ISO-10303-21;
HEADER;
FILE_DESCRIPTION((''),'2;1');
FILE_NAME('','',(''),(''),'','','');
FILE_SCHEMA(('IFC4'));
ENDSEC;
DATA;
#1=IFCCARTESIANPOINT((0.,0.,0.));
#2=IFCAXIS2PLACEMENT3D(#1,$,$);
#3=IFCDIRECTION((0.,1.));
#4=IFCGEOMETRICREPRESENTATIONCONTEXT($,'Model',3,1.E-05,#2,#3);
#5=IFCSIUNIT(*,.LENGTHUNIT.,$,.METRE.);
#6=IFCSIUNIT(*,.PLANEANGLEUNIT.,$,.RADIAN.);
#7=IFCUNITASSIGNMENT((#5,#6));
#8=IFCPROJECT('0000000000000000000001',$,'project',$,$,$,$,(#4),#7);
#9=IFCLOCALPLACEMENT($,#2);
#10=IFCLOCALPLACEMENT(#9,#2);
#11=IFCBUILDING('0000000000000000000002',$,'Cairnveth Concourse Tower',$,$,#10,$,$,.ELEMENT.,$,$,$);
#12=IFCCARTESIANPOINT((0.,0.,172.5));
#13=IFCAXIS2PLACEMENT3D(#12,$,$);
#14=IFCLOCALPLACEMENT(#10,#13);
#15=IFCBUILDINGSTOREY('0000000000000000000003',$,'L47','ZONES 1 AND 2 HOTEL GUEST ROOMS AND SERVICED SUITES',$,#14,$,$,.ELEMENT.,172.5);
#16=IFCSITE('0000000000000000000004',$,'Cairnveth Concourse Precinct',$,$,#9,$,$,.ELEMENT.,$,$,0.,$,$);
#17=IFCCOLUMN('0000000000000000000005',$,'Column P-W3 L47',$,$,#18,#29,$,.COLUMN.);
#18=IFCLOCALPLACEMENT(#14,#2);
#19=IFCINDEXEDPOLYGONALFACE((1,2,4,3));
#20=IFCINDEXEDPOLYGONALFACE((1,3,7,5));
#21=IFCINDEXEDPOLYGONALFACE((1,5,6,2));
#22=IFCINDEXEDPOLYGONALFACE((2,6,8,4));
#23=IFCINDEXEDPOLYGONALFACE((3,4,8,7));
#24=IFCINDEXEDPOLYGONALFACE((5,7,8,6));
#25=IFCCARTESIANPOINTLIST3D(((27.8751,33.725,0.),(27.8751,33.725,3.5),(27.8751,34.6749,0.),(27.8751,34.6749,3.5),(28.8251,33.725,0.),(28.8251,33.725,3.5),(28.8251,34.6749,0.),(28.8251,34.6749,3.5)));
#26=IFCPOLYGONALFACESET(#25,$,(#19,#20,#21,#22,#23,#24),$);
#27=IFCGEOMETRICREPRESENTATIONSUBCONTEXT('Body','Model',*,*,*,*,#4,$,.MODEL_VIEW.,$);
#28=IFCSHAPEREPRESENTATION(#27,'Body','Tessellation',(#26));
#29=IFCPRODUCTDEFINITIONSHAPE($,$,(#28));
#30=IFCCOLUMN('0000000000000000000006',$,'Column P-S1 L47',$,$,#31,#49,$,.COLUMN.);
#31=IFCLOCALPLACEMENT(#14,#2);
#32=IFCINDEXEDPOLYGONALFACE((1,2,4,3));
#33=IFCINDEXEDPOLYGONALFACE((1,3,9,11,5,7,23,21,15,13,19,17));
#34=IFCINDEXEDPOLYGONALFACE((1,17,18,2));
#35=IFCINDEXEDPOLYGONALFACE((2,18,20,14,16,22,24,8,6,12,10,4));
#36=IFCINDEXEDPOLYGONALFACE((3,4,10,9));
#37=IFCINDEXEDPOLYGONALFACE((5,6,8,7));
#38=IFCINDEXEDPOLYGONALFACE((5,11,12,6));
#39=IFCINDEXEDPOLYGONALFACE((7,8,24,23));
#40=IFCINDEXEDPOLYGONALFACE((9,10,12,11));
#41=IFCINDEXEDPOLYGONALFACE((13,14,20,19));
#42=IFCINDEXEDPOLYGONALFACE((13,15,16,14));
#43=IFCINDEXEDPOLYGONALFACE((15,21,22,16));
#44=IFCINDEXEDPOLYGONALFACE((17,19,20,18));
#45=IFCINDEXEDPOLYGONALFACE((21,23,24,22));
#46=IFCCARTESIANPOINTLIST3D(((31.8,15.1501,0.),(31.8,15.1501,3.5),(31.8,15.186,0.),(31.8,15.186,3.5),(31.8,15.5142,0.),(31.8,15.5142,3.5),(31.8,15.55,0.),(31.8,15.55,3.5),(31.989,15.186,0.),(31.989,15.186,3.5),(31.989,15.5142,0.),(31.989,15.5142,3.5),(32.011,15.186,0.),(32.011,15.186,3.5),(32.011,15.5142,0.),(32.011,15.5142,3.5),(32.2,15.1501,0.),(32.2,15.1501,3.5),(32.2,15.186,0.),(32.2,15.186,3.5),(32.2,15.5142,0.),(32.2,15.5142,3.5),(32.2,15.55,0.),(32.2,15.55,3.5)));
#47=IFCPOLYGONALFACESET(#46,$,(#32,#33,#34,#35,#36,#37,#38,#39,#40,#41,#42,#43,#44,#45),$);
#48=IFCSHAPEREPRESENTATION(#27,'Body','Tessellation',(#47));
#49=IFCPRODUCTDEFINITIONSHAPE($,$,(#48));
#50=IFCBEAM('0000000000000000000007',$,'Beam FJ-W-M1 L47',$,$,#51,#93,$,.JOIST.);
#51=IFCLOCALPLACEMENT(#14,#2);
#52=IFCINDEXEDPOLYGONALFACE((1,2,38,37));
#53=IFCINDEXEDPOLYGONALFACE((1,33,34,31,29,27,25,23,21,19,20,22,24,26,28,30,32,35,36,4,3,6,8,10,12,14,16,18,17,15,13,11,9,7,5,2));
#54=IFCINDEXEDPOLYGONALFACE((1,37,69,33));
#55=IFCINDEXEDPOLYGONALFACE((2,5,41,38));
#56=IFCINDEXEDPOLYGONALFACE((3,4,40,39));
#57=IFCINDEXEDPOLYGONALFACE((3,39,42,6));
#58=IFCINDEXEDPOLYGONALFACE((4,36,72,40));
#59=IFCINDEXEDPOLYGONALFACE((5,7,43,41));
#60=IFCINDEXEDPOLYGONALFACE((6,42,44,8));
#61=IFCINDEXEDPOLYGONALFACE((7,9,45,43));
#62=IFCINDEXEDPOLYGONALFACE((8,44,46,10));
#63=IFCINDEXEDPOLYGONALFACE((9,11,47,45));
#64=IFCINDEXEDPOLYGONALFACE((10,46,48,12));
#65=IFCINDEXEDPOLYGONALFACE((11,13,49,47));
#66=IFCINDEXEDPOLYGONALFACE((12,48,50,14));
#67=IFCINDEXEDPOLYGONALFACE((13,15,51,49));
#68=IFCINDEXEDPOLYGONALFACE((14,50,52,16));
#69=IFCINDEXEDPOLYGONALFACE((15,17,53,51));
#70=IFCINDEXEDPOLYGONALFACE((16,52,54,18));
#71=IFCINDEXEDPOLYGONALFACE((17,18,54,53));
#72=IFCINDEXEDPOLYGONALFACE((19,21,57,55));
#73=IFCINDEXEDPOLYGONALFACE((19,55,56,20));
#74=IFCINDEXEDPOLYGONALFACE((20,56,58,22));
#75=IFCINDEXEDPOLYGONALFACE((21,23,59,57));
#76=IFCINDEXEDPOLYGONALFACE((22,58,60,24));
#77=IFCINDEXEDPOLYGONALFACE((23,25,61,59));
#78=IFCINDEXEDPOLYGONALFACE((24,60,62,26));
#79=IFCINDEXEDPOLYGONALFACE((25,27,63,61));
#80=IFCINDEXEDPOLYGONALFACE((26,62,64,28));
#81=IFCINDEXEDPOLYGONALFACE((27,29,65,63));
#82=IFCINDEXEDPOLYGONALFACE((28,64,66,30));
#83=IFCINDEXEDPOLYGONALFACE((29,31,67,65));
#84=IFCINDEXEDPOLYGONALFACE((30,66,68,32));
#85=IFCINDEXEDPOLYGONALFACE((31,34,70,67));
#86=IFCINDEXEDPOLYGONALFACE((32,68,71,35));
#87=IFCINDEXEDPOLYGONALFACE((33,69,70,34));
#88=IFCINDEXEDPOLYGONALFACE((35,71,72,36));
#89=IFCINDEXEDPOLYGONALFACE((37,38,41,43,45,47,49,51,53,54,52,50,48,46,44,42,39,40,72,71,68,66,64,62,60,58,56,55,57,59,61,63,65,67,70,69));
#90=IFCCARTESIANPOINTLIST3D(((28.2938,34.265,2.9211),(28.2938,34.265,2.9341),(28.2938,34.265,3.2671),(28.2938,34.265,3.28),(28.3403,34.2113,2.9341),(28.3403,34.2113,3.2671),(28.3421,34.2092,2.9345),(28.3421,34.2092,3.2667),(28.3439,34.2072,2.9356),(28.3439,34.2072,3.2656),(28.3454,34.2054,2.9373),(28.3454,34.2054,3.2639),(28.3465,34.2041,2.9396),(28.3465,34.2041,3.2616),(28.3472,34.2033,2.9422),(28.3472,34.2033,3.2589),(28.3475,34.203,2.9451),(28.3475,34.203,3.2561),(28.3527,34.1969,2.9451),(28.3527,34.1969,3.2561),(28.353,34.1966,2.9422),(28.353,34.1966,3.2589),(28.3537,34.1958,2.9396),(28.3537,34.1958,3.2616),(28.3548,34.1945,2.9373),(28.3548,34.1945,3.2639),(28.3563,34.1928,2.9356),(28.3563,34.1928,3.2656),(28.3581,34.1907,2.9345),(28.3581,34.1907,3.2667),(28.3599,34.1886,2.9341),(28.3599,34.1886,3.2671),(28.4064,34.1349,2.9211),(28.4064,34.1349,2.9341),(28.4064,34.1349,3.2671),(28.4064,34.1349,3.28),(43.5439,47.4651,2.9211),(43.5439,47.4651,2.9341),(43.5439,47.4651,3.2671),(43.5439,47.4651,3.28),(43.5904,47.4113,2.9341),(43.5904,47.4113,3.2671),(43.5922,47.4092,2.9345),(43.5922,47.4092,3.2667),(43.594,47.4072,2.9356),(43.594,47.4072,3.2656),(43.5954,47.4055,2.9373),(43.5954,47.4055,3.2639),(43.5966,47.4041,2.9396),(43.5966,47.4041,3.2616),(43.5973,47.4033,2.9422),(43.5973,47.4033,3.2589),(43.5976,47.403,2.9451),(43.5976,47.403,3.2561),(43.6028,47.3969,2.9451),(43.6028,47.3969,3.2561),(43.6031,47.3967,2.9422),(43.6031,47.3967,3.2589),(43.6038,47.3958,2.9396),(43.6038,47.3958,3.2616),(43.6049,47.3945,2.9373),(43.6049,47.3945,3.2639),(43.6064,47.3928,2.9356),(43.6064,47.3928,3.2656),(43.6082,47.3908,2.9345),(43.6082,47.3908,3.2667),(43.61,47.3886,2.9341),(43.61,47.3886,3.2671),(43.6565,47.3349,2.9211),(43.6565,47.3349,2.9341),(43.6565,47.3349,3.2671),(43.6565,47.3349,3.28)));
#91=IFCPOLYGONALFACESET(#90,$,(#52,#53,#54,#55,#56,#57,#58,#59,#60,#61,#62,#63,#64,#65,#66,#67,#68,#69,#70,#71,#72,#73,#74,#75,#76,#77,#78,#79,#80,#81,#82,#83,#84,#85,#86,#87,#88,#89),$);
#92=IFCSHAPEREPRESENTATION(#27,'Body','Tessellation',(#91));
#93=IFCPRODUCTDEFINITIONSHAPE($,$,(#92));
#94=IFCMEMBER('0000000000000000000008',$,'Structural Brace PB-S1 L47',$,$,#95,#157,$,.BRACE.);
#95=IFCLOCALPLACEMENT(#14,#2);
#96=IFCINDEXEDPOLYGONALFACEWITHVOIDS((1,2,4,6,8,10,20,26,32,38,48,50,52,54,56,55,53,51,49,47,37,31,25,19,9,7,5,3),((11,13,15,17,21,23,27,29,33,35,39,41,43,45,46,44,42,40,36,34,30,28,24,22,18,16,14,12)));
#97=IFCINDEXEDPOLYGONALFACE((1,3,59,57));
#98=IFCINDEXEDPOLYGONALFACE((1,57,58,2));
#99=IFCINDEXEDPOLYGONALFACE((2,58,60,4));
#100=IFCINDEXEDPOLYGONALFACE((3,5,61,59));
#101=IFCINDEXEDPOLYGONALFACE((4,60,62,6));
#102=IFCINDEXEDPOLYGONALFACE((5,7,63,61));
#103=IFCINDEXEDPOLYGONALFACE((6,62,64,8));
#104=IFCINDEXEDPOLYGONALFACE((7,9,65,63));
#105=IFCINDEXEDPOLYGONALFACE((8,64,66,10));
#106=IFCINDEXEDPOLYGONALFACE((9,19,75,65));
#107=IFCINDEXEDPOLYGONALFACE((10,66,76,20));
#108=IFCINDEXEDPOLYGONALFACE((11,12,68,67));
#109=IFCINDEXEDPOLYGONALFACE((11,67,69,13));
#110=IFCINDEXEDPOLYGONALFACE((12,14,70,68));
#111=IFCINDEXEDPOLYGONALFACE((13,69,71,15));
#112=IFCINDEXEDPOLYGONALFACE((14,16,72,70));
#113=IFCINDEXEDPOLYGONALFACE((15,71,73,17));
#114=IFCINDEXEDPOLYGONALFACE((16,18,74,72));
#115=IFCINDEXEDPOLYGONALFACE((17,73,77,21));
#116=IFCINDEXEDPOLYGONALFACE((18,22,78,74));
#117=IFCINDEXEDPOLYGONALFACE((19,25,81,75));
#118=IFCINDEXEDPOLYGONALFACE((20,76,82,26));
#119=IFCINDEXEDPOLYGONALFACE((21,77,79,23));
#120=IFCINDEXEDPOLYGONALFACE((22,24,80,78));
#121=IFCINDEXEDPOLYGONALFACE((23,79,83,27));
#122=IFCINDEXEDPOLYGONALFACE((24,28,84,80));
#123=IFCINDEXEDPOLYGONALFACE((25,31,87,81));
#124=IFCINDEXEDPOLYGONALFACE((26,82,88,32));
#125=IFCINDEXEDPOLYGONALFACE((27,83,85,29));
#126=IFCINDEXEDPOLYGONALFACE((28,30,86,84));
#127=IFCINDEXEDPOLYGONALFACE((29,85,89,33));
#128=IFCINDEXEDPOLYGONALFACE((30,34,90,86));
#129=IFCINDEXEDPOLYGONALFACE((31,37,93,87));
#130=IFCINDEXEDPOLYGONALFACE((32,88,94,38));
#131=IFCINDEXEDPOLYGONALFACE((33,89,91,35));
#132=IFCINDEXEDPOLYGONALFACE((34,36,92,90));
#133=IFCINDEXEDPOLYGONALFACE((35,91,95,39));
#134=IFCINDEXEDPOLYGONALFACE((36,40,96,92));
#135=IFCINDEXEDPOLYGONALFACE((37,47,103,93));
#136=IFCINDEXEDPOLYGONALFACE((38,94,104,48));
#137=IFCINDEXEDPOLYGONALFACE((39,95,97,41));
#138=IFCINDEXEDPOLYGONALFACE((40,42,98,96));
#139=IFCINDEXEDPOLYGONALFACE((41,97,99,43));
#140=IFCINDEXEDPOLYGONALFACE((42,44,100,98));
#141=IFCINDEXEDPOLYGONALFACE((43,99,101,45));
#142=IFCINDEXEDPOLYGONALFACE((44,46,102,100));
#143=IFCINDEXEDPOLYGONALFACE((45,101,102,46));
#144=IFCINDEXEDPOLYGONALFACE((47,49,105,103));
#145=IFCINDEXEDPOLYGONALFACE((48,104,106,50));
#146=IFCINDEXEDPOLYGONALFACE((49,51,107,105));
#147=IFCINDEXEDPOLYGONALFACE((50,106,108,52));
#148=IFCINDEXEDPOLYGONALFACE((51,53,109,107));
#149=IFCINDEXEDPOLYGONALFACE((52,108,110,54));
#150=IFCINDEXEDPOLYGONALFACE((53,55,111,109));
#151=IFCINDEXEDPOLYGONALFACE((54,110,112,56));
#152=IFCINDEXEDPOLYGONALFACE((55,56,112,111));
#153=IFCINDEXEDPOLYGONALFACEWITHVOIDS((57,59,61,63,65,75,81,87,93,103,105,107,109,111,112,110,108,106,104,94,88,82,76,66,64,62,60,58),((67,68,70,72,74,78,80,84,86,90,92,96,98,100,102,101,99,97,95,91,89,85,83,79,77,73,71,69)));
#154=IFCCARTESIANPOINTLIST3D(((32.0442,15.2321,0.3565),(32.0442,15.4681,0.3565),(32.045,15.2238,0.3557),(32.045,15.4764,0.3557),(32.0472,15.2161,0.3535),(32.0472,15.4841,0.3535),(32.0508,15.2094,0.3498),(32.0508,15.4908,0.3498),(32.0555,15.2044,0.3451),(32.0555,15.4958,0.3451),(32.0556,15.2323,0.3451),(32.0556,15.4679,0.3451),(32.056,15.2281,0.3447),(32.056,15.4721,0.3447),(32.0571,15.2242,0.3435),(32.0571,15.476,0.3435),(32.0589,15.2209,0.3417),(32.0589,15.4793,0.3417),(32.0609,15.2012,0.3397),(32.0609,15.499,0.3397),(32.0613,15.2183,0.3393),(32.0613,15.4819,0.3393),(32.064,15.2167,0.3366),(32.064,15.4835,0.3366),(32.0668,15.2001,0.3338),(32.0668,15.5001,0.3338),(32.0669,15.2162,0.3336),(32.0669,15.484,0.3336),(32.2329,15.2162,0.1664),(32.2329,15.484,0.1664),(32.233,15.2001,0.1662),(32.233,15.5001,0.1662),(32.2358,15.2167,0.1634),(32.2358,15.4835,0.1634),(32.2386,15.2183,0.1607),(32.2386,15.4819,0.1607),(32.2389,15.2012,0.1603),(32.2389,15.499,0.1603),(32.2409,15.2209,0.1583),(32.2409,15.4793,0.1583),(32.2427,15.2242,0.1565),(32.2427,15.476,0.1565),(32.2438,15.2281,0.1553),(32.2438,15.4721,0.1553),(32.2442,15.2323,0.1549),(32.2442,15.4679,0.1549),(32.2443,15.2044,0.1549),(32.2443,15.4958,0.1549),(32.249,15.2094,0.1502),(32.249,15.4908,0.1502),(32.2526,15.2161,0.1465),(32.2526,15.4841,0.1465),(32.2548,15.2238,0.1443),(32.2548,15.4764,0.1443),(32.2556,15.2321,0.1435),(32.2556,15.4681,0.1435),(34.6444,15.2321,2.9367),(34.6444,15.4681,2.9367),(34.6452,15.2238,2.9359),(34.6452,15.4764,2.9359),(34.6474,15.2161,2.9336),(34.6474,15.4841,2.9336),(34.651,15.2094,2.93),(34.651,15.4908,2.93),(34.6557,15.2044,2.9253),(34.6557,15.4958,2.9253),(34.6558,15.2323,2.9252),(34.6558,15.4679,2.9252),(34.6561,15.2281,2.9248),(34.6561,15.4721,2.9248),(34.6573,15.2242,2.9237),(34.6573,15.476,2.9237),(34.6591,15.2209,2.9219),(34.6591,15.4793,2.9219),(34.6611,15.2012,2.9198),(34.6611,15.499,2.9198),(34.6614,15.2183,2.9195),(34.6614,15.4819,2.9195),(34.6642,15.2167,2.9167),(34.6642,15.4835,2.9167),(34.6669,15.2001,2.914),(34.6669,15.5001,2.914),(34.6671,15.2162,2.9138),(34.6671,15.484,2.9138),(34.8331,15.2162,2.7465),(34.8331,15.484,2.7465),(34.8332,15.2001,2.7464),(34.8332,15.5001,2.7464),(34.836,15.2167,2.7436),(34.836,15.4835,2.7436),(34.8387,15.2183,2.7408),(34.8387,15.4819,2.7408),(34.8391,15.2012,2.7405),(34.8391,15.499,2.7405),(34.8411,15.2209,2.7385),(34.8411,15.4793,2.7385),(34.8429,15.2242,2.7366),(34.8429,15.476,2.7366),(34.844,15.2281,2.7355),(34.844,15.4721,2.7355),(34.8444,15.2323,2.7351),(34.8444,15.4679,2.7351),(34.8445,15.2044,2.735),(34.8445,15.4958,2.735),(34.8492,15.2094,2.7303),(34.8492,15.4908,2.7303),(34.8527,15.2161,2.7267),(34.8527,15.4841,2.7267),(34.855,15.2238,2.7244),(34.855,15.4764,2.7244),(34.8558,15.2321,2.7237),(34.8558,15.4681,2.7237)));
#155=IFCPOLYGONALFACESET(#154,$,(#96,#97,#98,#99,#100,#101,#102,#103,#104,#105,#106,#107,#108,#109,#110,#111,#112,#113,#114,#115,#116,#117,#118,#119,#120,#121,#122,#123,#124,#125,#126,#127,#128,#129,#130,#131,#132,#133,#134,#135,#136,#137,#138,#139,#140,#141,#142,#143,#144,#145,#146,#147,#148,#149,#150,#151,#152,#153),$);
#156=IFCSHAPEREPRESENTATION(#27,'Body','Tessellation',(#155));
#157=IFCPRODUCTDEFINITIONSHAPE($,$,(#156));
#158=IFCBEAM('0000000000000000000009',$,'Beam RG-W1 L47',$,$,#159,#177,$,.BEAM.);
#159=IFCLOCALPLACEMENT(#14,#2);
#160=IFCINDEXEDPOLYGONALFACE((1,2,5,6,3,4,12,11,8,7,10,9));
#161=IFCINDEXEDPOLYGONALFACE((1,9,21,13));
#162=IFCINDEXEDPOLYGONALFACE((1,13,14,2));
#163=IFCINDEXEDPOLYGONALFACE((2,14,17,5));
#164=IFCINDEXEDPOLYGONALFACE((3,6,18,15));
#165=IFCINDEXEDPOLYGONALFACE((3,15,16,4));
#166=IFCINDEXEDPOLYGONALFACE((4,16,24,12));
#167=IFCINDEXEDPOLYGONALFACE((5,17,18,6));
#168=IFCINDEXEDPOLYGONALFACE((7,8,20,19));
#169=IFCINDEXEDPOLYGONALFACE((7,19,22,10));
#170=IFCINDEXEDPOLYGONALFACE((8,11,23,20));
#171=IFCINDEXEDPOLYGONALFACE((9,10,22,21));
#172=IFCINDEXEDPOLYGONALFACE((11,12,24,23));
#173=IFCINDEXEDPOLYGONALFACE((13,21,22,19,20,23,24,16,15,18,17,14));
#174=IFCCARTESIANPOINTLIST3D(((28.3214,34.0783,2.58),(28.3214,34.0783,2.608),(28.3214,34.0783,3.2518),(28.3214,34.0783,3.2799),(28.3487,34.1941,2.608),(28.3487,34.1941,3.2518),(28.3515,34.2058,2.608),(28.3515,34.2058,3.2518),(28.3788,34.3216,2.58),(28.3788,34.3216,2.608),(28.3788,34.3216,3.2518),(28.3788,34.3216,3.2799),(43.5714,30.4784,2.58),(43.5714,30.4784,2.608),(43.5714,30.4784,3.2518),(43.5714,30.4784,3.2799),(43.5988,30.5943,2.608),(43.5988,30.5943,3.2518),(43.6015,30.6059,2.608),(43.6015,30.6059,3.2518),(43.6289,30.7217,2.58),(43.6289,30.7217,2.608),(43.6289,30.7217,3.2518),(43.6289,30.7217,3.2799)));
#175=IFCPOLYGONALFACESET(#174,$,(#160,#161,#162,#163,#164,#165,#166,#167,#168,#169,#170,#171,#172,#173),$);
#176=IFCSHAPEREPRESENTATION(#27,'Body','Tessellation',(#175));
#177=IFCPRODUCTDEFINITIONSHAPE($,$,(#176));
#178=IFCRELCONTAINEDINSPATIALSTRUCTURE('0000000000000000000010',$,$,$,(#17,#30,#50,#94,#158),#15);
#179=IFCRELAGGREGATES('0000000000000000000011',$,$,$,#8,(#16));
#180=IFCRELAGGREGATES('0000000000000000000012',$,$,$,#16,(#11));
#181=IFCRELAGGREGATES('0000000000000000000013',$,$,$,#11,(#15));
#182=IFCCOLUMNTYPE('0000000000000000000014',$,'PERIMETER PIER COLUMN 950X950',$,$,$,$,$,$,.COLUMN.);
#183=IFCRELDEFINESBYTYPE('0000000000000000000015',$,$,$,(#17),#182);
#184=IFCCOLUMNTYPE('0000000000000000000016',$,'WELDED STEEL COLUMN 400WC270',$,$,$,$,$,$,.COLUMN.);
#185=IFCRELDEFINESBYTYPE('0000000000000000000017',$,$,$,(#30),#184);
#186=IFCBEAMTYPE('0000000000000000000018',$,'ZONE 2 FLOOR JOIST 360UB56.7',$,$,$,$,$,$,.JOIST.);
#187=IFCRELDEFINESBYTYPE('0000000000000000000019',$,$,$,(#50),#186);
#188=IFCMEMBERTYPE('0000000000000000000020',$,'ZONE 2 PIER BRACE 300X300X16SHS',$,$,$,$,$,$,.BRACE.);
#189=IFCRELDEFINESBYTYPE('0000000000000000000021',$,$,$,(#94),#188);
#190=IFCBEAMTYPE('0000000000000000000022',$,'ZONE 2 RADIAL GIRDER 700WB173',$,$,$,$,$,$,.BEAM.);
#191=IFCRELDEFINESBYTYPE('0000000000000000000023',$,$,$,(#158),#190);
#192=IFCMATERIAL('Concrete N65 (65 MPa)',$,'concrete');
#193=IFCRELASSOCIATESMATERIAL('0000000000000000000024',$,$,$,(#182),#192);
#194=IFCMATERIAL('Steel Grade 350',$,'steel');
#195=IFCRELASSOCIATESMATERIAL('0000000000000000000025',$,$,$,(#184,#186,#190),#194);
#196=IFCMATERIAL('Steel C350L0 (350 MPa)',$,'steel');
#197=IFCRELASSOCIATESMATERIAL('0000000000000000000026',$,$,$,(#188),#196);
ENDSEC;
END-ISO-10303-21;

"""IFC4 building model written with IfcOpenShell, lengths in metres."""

from ifc_helpers import new_model, si_unit, direction, frame, origin, origin_2d, place, context, subcontext, project, spatial, rectangle, hollow_rectangle, i_section, extrude, material, material_profile, profile_set, type_object, element, save


model = new_model("IFC4")

# Units and contexts
model_context = context("Model", 3, precision=1e-05, world=origin(), true_north=direction((0.0, 1.0)))
body_context = subcontext(model_context, "Body", "Model", "MODEL_VIEW")
ifc_project = project(units=[si_unit("LENGTHUNIT", "METRE"), si_unit("PLANEANGLEUNIT", "RADIAN")], contexts=[model_context])

# Site, building, storey
site_placement = place(None, origin())
site = spatial("IfcSite", under=ifc_project, at=site_placement, Name="Cairnveth Concourse Precinct", CompositionType="ELEMENT", RefElevation=0.0)
building_placement = place(site_placement, origin())
building = spatial("IfcBuilding", under=site, at=building_placement, Name="Cairnveth Concourse Tower", CompositionType="ELEMENT")
storey_placement = place(building_placement, frame((0.0, 0.0, 172.5)))
storey = spatial("IfcBuildingStorey", under=building, at=storey_placement, Name="L47", Description="ZONES 1 AND 2 HOTEL GUEST ROOMS AND SERVICED SUITES", CompositionType="ELEMENT", Elevation=172.5)

# Columns
ifc_material_1 = material(Name="Concrete N65 (65 MPa)", Category="concrete")
ifc_material_profile_1 = material_profile(ifc_material_1, rectangle(XDim=0.95, YDim=0.95, at=origin_2d()), Name="RC-COL-950x950")
ifc_profile_set_1 = profile_set([ifc_material_profile_1], Name="Concrete N65 (65 MPa)")
column_type_1 = type_object("IfcColumnType", Name="PERIMETER PIER COLUMN 950X950", PredefinedType="COLUMN", material=ifc_profile_set_1)
column_1_placement = place(storey_placement, frame((28.3501, 34.2, 0.0), z_axis=(0.0, 0.0, 1.0), x_axis=(0.0, 1.0, 0.0)))
element("IfcColumn", 1, at=column_1_placement, inside=storey, type_object=column_type_1, Name="Column P-W3 L47", PredefinedType="COLUMN", context=body_context, shape_type="SweptSolid", body=[
    extrude(rectangle(XDim=0.95, YDim=0.95, at=origin_2d()), origin(), (0.0, 0.0, 1.0), 3.5),
])
ifc_material_2 = material(Name="Steel Grade 350", Category="steel")
ifc_material_profile_2 = material_profile(ifc_material_2, i_section(OverallWidth=0.3999, OverallDepth=0.3999, WebThickness=0.022, FlangeThickness=0.0359, at=origin_2d()), Name="400WC270")
ifc_profile_set_2 = profile_set([ifc_material_profile_2], Name="Steel Grade 350")
column_type_2 = type_object("IfcColumnType", Name="WELDED STEEL COLUMN 400WC270", PredefinedType="COLUMN", material=ifc_profile_set_2)
column_2_placement = place(storey_placement, frame((32.0, 15.3501, 0.0), z_axis=(0.0, 0.0, 1.0), x_axis=(1.0, 0.0, 0.0)))
element("IfcColumn", 2, at=column_2_placement, inside=storey, type_object=column_type_2, Name="Column P-S1 L47", PredefinedType="COLUMN", context=body_context, shape_type="SweptSolid", body=[
    extrude(i_section(OverallWidth=0.3999, OverallDepth=0.3999, WebThickness=0.022, FlangeThickness=0.0359, at=origin_2d()), origin(), (0.0, 0.0, 1.0), 3.5),
])

# Beam
ifc_material_profile_3 = material_profile(ifc_material_2, i_section(OverallWidth=0.1721, OverallDepth=0.3589, WebThickness=0.0081, FlangeThickness=0.0129, FilletRadius=0.011, at=origin_2d()), Name="360UB56.7")
ifc_profile_set_3 = profile_set([ifc_material_profile_3], Name="Steel Grade 350")
beam_type_1 = type_object("IfcBeamType", Name="ZONE 2 FLOOR JOIST 360UB56.7", PredefinedType="JOIST", material=ifc_profile_set_3)
beam_1_placement = place(storey_placement, frame((28.3501, 34.2, 3.1006), z_axis=(0.756099, 0.654457, 0.0), x_axis=(-0.654457, 0.756099, 0.0)))
element("IfcBeam", 3, at=beam_1_placement, inside=storey, type_object=beam_type_1, Name="Beam FJ-W-M1 L47", PredefinedType="JOIST", context=body_context, shape_type="SweptSolid", body=[
    extrude(i_section(OverallWidth=0.1721, OverallDepth=0.3589, WebThickness=0.0081, FlangeThickness=0.0129, FilletRadius=0.011, at=origin_2d()), origin(), (0.0, 0.0, 1.0), 20.1694),
])

# Member
ifc_material_3 = material(Name="Steel C350L0 (350 MPa)", Category="steel")
ifc_material_profile_4 = material_profile(ifc_material_3, hollow_rectangle(XDim=0.3, YDim=0.3, WallThickness=0.0161, InnerFilletRadius=0.0161, OuterFilletRadius=0.032, at=origin_2d()), Name="300x300x16.0SHS")
ifc_profile_set_4 = profile_set([ifc_material_profile_4], Name="Steel C350L0 (350 MPa)")
member_type = type_object("IfcMemberType", Name="ZONE 2 PIER BRACE 300X300X16SHS", PredefinedType="BRACE", material=ifc_profile_set_4)
member_placement = place(storey_placement, frame((32.1499, 15.3501, 0.25), z_axis=(0.709834, 0.0, 0.704369), x_axis=(0.0, 1.0, 0.0)))
element("IfcMember", 4, at=member_placement, inside=storey, type_object=member_type, Name="Structural Brace PB-S1 L47", PredefinedType="BRACE", context=body_context, shape_type="SweptSolid", body=[
    extrude(hollow_rectangle(XDim=0.3, YDim=0.3, WallThickness=0.0161, InnerFilletRadius=0.0161, OuterFilletRadius=0.032, at=origin_2d()), origin(), (0.0, 0.0, 1.0), 3.6631),
])

# Beam
ifc_material_profile_5 = material_profile(ifc_material_2, i_section(OverallWidth=0.25, OverallDepth=0.7, WebThickness=0.012, FlangeThickness=0.0281, at=origin_2d()), Name="700WB173")
ifc_profile_set_5 = profile_set([ifc_material_profile_5], Name="Steel Grade 350")
beam_type_2 = type_object("IfcBeamType", Name="ZONE 2 RADIAL GIRDER 700WB173", PredefinedType="BEAM", material=ifc_profile_set_5)
beam_2_placement = place(storey_placement, frame((28.3501, 34.2, 2.9299), z_axis=(0.973252, -0.229742, 0.0), x_axis=(0.229742, 0.973252, 0.0)))
element("IfcBeam", 5, at=beam_2_placement, inside=storey, type_object=beam_type_2, Name="Beam RG-W1 L47", PredefinedType="BEAM", context=body_context, shape_type="SweptSolid", body=[
    extrude(i_section(OverallWidth=0.25, OverallDepth=0.7, WebThickness=0.012, FlangeThickness=0.0281, at=origin_2d()), origin(), (0.0, 0.0, 1.0), 15.6692),
])

save(model, "model.ifc")
